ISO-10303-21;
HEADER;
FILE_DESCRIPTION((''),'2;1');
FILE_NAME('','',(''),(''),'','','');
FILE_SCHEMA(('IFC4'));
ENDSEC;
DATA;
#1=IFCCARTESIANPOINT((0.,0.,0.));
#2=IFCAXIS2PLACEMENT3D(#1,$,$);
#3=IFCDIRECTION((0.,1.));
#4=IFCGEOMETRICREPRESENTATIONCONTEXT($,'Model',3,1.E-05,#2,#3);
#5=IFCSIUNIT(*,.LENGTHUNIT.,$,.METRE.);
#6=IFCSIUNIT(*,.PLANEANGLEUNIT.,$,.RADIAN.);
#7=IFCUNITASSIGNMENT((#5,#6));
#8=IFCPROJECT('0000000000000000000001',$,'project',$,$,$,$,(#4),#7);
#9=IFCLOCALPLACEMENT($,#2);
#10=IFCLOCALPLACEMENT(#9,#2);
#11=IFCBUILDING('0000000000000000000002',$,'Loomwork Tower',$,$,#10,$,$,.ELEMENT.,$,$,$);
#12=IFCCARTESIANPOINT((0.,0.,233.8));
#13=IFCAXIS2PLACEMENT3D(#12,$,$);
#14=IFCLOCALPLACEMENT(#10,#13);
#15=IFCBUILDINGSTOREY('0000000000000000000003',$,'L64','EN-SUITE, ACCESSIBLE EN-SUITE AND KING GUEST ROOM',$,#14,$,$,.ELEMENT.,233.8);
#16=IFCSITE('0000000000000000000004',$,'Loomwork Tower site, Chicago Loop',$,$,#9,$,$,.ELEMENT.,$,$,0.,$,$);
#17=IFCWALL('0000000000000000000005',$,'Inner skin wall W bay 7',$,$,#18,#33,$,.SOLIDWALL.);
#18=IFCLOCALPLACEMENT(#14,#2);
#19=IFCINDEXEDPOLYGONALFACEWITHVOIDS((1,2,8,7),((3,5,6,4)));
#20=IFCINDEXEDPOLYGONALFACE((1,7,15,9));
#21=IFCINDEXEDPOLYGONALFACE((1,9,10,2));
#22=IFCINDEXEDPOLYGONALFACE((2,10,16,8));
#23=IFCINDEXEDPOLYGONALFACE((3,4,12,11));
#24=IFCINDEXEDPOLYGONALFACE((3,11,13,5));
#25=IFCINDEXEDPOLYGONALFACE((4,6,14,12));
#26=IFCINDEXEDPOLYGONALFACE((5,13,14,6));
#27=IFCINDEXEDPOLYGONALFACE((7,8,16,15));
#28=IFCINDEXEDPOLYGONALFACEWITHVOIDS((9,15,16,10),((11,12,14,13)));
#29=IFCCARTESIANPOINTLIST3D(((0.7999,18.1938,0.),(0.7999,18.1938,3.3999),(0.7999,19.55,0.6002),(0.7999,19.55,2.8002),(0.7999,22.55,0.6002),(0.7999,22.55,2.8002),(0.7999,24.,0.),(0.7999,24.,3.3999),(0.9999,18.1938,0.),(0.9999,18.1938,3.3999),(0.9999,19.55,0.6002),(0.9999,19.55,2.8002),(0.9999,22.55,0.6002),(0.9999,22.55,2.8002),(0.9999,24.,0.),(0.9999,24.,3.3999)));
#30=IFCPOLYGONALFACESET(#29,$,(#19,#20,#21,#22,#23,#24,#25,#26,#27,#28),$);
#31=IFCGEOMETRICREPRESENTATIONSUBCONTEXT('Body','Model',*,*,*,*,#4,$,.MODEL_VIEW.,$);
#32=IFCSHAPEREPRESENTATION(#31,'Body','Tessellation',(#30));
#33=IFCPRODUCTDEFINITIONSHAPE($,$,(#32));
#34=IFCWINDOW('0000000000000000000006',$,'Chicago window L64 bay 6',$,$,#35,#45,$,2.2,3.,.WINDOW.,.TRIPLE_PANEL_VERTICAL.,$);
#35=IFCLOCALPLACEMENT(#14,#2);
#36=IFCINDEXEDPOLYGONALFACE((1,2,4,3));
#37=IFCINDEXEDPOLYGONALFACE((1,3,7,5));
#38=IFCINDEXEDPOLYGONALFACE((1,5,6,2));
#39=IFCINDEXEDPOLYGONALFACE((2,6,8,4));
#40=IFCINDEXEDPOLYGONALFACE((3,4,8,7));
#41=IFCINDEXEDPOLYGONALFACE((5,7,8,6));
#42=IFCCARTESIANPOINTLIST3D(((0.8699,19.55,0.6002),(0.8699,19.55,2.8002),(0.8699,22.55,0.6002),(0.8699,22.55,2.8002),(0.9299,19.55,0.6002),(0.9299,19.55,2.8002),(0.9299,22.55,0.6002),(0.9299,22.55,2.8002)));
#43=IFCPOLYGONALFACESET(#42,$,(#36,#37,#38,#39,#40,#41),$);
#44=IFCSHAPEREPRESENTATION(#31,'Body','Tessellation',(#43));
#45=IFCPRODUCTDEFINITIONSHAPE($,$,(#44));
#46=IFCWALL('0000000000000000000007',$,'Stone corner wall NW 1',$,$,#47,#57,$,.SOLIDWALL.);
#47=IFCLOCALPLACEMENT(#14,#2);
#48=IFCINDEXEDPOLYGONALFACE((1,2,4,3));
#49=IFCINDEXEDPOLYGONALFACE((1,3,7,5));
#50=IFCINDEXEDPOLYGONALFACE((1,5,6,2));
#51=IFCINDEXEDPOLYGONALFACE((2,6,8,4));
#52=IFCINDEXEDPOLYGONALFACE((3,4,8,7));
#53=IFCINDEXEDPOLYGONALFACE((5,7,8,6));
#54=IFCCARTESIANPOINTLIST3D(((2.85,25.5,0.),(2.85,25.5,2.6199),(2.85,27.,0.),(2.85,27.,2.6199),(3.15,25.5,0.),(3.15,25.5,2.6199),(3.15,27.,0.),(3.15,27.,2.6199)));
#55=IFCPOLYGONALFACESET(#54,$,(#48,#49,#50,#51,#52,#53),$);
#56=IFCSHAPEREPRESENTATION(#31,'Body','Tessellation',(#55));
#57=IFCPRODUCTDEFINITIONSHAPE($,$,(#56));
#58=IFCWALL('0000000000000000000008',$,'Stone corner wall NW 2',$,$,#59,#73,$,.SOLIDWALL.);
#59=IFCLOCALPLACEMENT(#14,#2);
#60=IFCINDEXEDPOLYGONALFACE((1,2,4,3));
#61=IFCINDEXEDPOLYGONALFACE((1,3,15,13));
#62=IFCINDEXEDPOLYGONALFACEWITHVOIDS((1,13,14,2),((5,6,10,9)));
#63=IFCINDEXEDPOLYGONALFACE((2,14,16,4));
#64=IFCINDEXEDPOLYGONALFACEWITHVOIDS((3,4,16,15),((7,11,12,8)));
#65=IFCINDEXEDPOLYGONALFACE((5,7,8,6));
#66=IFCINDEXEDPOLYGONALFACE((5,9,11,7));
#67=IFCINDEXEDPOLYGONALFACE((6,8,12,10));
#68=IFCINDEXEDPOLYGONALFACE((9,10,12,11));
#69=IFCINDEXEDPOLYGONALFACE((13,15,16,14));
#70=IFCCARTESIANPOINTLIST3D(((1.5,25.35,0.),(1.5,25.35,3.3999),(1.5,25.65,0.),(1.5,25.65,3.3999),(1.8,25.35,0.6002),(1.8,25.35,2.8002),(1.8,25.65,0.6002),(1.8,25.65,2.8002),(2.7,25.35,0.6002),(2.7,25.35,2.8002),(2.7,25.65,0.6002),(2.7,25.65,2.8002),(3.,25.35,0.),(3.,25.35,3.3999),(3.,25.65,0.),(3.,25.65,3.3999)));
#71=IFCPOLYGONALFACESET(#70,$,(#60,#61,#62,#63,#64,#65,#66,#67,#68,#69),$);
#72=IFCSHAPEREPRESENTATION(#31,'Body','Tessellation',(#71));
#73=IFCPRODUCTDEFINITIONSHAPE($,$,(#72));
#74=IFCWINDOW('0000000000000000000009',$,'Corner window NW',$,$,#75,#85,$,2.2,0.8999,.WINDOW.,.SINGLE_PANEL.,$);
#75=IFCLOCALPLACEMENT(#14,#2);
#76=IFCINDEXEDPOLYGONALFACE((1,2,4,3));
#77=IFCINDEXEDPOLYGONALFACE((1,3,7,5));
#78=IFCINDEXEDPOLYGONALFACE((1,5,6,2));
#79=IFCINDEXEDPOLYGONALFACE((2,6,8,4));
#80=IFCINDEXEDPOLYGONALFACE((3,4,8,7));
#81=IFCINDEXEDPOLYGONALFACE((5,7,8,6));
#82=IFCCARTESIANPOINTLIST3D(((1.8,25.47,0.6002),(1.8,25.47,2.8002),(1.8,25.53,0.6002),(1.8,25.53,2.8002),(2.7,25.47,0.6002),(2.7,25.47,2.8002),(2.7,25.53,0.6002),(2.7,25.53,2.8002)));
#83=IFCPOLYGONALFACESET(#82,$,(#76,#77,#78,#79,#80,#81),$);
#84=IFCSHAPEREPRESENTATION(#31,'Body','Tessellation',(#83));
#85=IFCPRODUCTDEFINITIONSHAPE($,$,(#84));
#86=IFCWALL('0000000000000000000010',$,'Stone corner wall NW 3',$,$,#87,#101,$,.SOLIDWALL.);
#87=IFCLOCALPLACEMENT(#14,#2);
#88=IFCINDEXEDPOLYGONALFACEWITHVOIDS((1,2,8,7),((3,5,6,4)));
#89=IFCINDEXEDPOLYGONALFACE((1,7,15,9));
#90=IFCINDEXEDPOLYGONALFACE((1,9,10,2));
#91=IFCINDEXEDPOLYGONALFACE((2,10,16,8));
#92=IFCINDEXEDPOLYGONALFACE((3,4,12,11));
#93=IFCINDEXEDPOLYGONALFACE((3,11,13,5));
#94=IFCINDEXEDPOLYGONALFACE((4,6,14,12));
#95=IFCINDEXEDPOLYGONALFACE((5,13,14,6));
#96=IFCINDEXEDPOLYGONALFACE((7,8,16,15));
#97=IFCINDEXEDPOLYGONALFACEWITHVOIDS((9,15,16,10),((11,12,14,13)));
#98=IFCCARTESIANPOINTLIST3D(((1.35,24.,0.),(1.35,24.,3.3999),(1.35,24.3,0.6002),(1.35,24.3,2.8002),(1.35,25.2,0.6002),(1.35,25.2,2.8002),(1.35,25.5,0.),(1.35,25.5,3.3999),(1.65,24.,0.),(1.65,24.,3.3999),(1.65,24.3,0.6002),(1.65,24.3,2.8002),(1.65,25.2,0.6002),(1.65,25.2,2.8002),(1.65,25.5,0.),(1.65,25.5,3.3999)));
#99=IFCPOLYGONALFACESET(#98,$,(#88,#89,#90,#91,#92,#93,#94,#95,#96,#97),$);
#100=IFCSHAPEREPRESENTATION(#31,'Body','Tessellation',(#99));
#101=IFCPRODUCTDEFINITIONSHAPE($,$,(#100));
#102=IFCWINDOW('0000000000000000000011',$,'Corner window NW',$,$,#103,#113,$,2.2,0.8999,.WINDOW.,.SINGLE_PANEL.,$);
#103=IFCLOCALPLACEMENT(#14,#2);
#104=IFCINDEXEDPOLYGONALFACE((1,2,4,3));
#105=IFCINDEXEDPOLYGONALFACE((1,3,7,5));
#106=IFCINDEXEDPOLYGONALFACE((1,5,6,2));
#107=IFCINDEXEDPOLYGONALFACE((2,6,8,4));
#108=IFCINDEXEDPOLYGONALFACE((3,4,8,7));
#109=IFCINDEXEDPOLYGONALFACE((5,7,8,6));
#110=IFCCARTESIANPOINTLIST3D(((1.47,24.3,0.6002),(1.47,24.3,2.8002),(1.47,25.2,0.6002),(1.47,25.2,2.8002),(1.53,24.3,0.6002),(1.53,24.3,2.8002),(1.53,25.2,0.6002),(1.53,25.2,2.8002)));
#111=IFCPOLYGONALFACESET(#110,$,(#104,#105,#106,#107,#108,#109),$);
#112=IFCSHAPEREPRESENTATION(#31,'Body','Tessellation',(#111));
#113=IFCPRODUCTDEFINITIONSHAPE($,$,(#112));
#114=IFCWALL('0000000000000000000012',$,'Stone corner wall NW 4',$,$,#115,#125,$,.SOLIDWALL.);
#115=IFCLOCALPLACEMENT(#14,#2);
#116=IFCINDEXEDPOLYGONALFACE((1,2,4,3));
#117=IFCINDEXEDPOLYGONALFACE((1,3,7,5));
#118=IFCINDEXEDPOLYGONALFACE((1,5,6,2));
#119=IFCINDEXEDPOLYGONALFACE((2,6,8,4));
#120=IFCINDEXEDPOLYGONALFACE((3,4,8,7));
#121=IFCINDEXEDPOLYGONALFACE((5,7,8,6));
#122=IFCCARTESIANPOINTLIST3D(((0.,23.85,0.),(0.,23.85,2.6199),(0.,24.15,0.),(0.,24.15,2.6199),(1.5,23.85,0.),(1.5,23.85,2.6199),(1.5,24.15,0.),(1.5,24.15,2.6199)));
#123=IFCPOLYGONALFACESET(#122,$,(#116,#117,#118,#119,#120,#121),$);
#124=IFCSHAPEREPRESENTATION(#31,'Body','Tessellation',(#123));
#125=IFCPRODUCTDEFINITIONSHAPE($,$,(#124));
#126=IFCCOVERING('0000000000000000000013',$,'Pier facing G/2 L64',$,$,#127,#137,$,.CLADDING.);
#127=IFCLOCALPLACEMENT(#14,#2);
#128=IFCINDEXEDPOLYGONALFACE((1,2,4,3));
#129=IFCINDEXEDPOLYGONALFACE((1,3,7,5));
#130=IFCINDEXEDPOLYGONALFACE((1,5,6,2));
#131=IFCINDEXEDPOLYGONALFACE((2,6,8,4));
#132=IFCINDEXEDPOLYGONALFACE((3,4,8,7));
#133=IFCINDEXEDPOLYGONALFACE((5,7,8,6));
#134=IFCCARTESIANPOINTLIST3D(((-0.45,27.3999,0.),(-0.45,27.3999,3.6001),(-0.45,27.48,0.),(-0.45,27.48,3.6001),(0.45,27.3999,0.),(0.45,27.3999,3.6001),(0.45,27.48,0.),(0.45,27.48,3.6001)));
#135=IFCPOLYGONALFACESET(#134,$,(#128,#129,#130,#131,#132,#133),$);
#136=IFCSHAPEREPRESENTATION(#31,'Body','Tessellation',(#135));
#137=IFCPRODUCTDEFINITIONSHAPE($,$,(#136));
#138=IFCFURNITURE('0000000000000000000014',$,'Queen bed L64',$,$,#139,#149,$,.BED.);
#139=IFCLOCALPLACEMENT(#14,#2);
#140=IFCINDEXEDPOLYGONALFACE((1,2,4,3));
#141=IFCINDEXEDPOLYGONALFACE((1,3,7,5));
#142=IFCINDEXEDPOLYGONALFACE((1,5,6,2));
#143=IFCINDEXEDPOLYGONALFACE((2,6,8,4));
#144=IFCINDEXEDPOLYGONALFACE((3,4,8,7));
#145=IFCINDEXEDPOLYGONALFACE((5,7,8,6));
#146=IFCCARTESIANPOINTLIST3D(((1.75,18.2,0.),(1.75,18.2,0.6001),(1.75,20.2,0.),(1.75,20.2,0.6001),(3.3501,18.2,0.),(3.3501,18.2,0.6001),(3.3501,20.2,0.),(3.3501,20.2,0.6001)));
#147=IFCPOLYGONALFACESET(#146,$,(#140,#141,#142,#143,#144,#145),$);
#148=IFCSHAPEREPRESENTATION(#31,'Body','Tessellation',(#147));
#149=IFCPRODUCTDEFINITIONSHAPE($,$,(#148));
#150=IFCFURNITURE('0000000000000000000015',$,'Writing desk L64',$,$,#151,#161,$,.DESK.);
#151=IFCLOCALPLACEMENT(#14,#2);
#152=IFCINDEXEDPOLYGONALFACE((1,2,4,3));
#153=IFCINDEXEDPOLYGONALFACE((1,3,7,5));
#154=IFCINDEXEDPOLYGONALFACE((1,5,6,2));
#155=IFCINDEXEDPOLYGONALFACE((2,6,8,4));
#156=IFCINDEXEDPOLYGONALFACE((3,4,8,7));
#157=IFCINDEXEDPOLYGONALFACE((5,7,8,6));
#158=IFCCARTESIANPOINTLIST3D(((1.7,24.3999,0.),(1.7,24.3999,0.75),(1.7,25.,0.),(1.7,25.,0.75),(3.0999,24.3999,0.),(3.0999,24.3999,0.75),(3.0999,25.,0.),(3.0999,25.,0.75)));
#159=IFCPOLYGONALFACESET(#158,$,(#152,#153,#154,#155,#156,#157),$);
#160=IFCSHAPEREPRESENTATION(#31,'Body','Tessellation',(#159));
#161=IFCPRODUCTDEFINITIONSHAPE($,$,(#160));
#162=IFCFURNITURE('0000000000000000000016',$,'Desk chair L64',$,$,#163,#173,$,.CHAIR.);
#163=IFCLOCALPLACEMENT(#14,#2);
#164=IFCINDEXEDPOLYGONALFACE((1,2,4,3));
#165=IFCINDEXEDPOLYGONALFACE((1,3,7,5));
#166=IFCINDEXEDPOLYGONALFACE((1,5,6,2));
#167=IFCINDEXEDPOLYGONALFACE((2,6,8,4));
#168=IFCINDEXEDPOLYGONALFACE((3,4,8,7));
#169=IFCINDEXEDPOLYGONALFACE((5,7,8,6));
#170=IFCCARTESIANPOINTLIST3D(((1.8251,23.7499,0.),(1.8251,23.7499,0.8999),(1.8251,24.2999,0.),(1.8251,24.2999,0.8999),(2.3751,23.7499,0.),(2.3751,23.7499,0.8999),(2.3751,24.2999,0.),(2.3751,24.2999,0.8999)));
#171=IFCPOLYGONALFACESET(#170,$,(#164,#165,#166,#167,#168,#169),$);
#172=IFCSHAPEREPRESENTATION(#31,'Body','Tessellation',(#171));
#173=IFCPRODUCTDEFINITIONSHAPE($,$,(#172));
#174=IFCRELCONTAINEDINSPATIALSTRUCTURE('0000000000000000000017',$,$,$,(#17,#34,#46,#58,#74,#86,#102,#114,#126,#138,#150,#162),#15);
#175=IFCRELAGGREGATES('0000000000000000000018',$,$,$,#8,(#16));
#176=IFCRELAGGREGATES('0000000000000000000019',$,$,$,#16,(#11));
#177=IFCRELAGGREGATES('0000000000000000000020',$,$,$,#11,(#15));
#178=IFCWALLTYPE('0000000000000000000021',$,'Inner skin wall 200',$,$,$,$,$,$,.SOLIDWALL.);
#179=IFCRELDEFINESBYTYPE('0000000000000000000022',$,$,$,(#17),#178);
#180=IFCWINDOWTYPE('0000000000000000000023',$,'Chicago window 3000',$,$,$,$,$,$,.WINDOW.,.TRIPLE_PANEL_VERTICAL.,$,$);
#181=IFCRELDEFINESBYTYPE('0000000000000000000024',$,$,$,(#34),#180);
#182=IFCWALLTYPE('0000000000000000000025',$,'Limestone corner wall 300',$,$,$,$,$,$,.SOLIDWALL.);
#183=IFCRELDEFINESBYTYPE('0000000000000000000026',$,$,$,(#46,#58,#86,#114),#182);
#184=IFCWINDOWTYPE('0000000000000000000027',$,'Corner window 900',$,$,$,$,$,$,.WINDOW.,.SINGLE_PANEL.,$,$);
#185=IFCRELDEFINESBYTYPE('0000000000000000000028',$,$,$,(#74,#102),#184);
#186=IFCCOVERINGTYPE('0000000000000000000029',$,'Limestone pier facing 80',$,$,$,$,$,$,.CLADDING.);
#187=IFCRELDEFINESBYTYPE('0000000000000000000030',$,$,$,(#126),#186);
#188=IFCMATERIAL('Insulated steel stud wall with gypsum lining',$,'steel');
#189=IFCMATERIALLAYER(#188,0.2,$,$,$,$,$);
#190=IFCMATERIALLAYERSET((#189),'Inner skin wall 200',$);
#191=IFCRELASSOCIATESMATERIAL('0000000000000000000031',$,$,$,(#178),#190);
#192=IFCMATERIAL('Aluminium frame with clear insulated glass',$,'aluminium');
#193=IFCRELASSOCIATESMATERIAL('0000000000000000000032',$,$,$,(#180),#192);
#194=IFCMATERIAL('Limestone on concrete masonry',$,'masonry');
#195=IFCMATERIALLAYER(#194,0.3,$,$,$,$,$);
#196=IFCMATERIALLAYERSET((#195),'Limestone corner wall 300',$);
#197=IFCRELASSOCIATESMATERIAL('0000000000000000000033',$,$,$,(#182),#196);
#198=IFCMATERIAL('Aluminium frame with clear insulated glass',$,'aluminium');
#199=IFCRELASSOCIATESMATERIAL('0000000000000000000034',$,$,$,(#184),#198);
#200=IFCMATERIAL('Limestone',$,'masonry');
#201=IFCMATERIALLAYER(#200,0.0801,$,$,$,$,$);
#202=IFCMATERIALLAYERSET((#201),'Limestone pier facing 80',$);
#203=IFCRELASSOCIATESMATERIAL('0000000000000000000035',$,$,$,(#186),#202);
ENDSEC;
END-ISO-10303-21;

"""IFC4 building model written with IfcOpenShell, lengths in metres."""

from ifc_helpers import new_model, si_unit, direction, frame, frame_2d, origin, origin_2d, place, context, subcontext, project, spatial, rectangle, extrude, material, layer, layer_set, type_object, element, fill, save


model = new_model("IFC4")

# Units and contexts
model_context = context("Model", 3, precision=1e-05, world=origin(), true_north=direction((0.0, 1.0)))
body_context = subcontext(model_context, "Body", "Model", "MODEL_VIEW")
ifc_project = project(units=[si_unit("LENGTHUNIT", "METRE"), si_unit("PLANEANGLEUNIT", "RADIAN")], contexts=[model_context])

# Site, building, storey
site_placement = place(None, origin())
site = spatial("IfcSite", under=ifc_project, at=site_placement, Name="Loomwork Tower site, Chicago Loop", CompositionType="ELEMENT", RefElevation=0.0)
building_placement = place(site_placement, origin())
building = spatial("IfcBuilding", under=site, at=building_placement, Name="Loomwork Tower", CompositionType="ELEMENT")
storey_placement = place(building_placement, frame((0.0, 0.0, 233.8)))
storey = spatial("IfcBuildingStorey", under=building, at=storey_placement, Name="L64", Description="EN-SUITE, ACCESSIBLE EN-SUITE AND KING GUEST ROOM", CompositionType="ELEMENT", Elevation=233.8)

# Wall, opening, window
ifc_material_1 = material(Name="Insulated steel stud wall with gypsum lining", Category="steel")
ifc_layer_1 = layer(ifc_material_1, 0.2)
ifc_layer_set_1 = layer_set([ifc_layer_1], Name="Inner skin wall 200")
wall_type_1 = type_object("IfcWallType", Name="Inner skin wall 200", PredefinedType="SOLIDWALL", material=ifc_layer_set_1)
wall_1_placement = place(storey_placement, frame((0.8999, 18.1938, 0.0), z_axis=(0.0, 0.0, 1.0), x_axis=(0.0, 1.0, 0.0)))
wall_1 = element("IfcWall", 1, at=wall_1_placement, inside=storey, type_object=wall_type_1, Name="Inner skin wall W bay 7", PredefinedType="SOLIDWALL", context=body_context, shape_type="SweptSolid", body=[
    extrude(rectangle(XDim=5.8062, YDim=0.2, at=frame_2d((2.9031, 0.0))), origin(), (0.0, 0.0, 1.0), 3.3999),
])
opening_1_placement = place(wall_1_placement, frame((1.3562, 0.0, 0.6001)))
opening_1 = element("IfcOpeningElement", 2, at=opening_1_placement, cuts=wall_1, PredefinedType="OPENING", context=body_context, shape_type="SweptSolid", body=[
    extrude(rectangle(XDim=3.0, YDim=2.2, at=frame_2d((1.5, 1.1001))), frame((0.0, 0.1099, 0.0), z_axis=(0.0, -1.0, 0.0), x_axis=(1.0, 0.0, 0.0)), (0.0, 0.0, 1.0), 0.22),
])
ifc_material_2 = material(Name="Aluminium frame with clear insulated glass", Category="aluminium")
window_type_1 = type_object("IfcWindowType", Name="Chicago window 3000", PartitioningType="TRIPLE_PANEL_VERTICAL", PredefinedType="WINDOW", material=ifc_material_2)
window_1_placement = place(opening_1_placement, origin())
window_1 = element("IfcWindow", 3, at=window_1_placement, inside=storey, type_object=window_type_1, Name="Chicago window L64 bay 6", OverallHeight=2.2, OverallWidth=3.0, PartitioningType="TRIPLE_PANEL_VERTICAL", PredefinedType="WINDOW", context=body_context, shape_type="SweptSolid", body=[
    extrude(rectangle(XDim=3.0, YDim=2.2, at=frame_2d((1.5, 1.1001))), frame((0.0, 0.03, 0.0), z_axis=(0.0, -1.0, 0.0), x_axis=(1.0, 0.0, 0.0)), (0.0, 0.0, 1.0), 0.0601),
])
fill(opening_1, window_1)

# Wall
ifc_material_3 = material(Name="Limestone on concrete masonry", Category="masonry")
ifc_layer_2 = layer(ifc_material_3, 0.3)
ifc_layer_set_2 = layer_set([ifc_layer_2], Name="Limestone corner wall 300")
wall_type_2 = type_object("IfcWallType", Name="Limestone corner wall 300", PredefinedType="SOLIDWALL", material=ifc_layer_set_2)
wall_2_placement = place(storey_placement, frame((3.0, 27.0, 0.0), z_axis=(0.0, 0.0, 1.0), x_axis=(0.0, -1.0, 0.0)))
element("IfcWall", 4, at=wall_2_placement, inside=storey, type_object=wall_type_2, Name="Stone corner wall NW 1", PredefinedType="SOLIDWALL", context=body_context, shape_type="SweptSolid", body=[
    extrude(rectangle(XDim=1.5, YDim=0.3, at=frame_2d((0.75, 0.0))), origin(), (0.0, 0.0, 1.0), 2.6199),
])

# Walls, openings, windows
wall_3_placement = place(storey_placement, frame((3.0, 25.5, 0.0), z_axis=(0.0, 0.0, 1.0), x_axis=(-1.0, 0.0, 0.0)))
wall_3 = element("IfcWall", 5, at=wall_3_placement, inside=storey, type_object=wall_type_2, Name="Stone corner wall NW 2", PredefinedType="SOLIDWALL", context=body_context, shape_type="SweptSolid", body=[
    extrude(rectangle(XDim=1.5, YDim=0.3, at=frame_2d((0.75, 0.0))), origin(), (0.0, 0.0, 1.0), 3.3999),
])
opening_2_placement = place(wall_3_placement, frame((0.3, 0.0, 0.6001)))
opening_2 = element("IfcOpeningElement", 6, at=opening_2_placement, cuts=wall_3, PredefinedType="OPENING", context=body_context, shape_type="SweptSolid", body=[
    extrude(rectangle(XDim=0.8999, YDim=2.2, at=frame_2d((0.45, 1.1001))), frame((0.0, 0.1599, 0.0), z_axis=(0.0, -1.0, 0.0), x_axis=(1.0, 0.0, 0.0)), (0.0, 0.0, 1.0), 0.3201),
])
ifc_material_4 = material(Name="Aluminium frame with clear insulated glass", Category="aluminium")
window_type_2 = type_object("IfcWindowType", Name="Corner window 900", PartitioningType="SINGLE_PANEL", PredefinedType="WINDOW", material=ifc_material_4)
window_2_placement = place(opening_2_placement, origin())
window_2 = element("IfcWindow", 7, at=window_2_placement, inside=storey, type_object=window_type_2, Name="Corner window NW", OverallHeight=2.2, OverallWidth=0.8999, PartitioningType="SINGLE_PANEL", PredefinedType="WINDOW", context=body_context, shape_type="SweptSolid", body=[
    extrude(rectangle(XDim=0.8999, YDim=2.2, at=frame_2d((0.45, 1.1001))), frame((0.0, 0.03, 0.0), z_axis=(0.0, -1.0, 0.0), x_axis=(1.0, 0.0, 0.0)), (0.0, 0.0, 1.0), 0.0601),
])
fill(opening_2, window_2)
wall_4_placement = place(storey_placement, frame((1.5, 25.5, 0.0), z_axis=(0.0, 0.0, 1.0), x_axis=(0.0, -1.0, 0.0)))
wall_4 = element("IfcWall", 8, at=wall_4_placement, inside=storey, type_object=wall_type_2, Name="Stone corner wall NW 3", PredefinedType="SOLIDWALL", context=body_context, shape_type="SweptSolid", body=[
    extrude(rectangle(XDim=1.5, YDim=0.3, at=frame_2d((0.75, 0.0))), origin(), (0.0, 0.0, 1.0), 3.3999),
])
opening_3_placement = place(wall_4_placement, frame((0.3, 0.0, 0.6001)))
opening_3 = element("IfcOpeningElement", 9, at=opening_3_placement, cuts=wall_4, PredefinedType="OPENING", context=body_context, shape_type="SweptSolid", body=[
    extrude(rectangle(XDim=0.8999, YDim=2.2, at=frame_2d((0.45, 1.1001))), frame((0.0, 0.1599, 0.0), z_axis=(0.0, -1.0, 0.0), x_axis=(1.0, 0.0, 0.0)), (0.0, 0.0, 1.0), 0.3201),
])
window_3_placement = place(opening_3_placement, origin())
window_3 = element("IfcWindow", 10, at=window_3_placement, inside=storey, type_object=window_type_2, Name="Corner window NW", OverallHeight=2.2, OverallWidth=0.8999, PartitioningType="SINGLE_PANEL", PredefinedType="WINDOW", context=body_context, shape_type="SweptSolid", body=[
    extrude(rectangle(XDim=0.8999, YDim=2.2, at=frame_2d((0.45, 1.1001))), frame((0.0, 0.03, 0.0), z_axis=(0.0, -1.0, 0.0), x_axis=(1.0, 0.0, 0.0)), (0.0, 0.0, 1.0), 0.0601),
])
fill(opening_3, window_3)

# Wall
wall_5_placement = place(storey_placement, frame((1.5, 24.0, 0.0), z_axis=(0.0, 0.0, 1.0), x_axis=(-1.0, 0.0, 0.0)))
element("IfcWall", 11, at=wall_5_placement, inside=storey, type_object=wall_type_2, Name="Stone corner wall NW 4", PredefinedType="SOLIDWALL", context=body_context, shape_type="SweptSolid", body=[
    extrude(rectangle(XDim=1.5, YDim=0.3, at=frame_2d((0.75, 0.0))), origin(), (0.0, 0.0, 1.0), 2.6199),
])

# Covering
ifc_material_5 = material(Name="Limestone", Category="masonry")
ifc_layer_3 = layer(ifc_material_5, 0.0801)
ifc_layer_set_3 = layer_set([ifc_layer_3], Name="Limestone pier facing 80")
covering_type = type_object("IfcCoveringType", Name="Limestone pier facing 80", PredefinedType="CLADDING", material=ifc_layer_set_3)
covering_placement = place(storey_placement, frame((0.0, 27.4399, 0.0), z_axis=(0.0, 0.0, 1.0), x_axis=(1.0, 0.0, 0.0)))
element("IfcCovering", 12, at=covering_placement, inside=storey, type_object=covering_type, Name="Pier facing G/2 L64", PredefinedType="CLADDING", context=body_context, shape_type="SweptSolid", body=[
    extrude(rectangle(XDim=0.8999, YDim=0.0801, at=origin_2d()), origin(), (0.0, 0.0, 1.0), 3.6001),
])

# Furniture
furniture_1_placement = place(storey_placement, frame((2.55, 19.2, 0.0), z_axis=(0.0, 0.0, 1.0), x_axis=(1.0, 0.0, 0.0)))
element("IfcFurniture", 13, at=furniture_1_placement, inside=storey, Name="Queen bed L64", PredefinedType="BED", context=body_context, shape_type="SweptSolid", body=[
    extrude(rectangle(XDim=1.6001, YDim=2.0, at=origin_2d()), origin(), (0.0, 0.0, 1.0), 0.6001),
])
furniture_2_placement = place(storey_placement, frame((2.3999, 24.7, 0.0), z_axis=(0.0, 0.0, 1.0), x_axis=(1.0, 0.0, 0.0)))
element("IfcFurniture", 14, at=furniture_2_placement, inside=storey, Name="Writing desk L64", PredefinedType="DESK", context=body_context, shape_type="SweptSolid", body=[
    extrude(rectangle(XDim=1.3999, YDim=0.6001, at=origin_2d()), origin(), (0.0, 0.0, 1.0), 0.75),
])
furniture_3_placement = place(storey_placement, frame((2.1001, 24.0249, 0.0), z_axis=(0.0, 0.0, 1.0), x_axis=(1.0, 0.0, 0.0)))
element("IfcFurniture", 15, at=furniture_3_placement, inside=storey, Name="Desk chair L64", PredefinedType="CHAIR", context=body_context, shape_type="SweptSolid", body=[
    extrude(rectangle(XDim=0.55, YDim=0.55, at=origin_2d()), origin(), (0.0, 0.0, 1.0), 0.8999),
])

save(model, "model.ifc")
